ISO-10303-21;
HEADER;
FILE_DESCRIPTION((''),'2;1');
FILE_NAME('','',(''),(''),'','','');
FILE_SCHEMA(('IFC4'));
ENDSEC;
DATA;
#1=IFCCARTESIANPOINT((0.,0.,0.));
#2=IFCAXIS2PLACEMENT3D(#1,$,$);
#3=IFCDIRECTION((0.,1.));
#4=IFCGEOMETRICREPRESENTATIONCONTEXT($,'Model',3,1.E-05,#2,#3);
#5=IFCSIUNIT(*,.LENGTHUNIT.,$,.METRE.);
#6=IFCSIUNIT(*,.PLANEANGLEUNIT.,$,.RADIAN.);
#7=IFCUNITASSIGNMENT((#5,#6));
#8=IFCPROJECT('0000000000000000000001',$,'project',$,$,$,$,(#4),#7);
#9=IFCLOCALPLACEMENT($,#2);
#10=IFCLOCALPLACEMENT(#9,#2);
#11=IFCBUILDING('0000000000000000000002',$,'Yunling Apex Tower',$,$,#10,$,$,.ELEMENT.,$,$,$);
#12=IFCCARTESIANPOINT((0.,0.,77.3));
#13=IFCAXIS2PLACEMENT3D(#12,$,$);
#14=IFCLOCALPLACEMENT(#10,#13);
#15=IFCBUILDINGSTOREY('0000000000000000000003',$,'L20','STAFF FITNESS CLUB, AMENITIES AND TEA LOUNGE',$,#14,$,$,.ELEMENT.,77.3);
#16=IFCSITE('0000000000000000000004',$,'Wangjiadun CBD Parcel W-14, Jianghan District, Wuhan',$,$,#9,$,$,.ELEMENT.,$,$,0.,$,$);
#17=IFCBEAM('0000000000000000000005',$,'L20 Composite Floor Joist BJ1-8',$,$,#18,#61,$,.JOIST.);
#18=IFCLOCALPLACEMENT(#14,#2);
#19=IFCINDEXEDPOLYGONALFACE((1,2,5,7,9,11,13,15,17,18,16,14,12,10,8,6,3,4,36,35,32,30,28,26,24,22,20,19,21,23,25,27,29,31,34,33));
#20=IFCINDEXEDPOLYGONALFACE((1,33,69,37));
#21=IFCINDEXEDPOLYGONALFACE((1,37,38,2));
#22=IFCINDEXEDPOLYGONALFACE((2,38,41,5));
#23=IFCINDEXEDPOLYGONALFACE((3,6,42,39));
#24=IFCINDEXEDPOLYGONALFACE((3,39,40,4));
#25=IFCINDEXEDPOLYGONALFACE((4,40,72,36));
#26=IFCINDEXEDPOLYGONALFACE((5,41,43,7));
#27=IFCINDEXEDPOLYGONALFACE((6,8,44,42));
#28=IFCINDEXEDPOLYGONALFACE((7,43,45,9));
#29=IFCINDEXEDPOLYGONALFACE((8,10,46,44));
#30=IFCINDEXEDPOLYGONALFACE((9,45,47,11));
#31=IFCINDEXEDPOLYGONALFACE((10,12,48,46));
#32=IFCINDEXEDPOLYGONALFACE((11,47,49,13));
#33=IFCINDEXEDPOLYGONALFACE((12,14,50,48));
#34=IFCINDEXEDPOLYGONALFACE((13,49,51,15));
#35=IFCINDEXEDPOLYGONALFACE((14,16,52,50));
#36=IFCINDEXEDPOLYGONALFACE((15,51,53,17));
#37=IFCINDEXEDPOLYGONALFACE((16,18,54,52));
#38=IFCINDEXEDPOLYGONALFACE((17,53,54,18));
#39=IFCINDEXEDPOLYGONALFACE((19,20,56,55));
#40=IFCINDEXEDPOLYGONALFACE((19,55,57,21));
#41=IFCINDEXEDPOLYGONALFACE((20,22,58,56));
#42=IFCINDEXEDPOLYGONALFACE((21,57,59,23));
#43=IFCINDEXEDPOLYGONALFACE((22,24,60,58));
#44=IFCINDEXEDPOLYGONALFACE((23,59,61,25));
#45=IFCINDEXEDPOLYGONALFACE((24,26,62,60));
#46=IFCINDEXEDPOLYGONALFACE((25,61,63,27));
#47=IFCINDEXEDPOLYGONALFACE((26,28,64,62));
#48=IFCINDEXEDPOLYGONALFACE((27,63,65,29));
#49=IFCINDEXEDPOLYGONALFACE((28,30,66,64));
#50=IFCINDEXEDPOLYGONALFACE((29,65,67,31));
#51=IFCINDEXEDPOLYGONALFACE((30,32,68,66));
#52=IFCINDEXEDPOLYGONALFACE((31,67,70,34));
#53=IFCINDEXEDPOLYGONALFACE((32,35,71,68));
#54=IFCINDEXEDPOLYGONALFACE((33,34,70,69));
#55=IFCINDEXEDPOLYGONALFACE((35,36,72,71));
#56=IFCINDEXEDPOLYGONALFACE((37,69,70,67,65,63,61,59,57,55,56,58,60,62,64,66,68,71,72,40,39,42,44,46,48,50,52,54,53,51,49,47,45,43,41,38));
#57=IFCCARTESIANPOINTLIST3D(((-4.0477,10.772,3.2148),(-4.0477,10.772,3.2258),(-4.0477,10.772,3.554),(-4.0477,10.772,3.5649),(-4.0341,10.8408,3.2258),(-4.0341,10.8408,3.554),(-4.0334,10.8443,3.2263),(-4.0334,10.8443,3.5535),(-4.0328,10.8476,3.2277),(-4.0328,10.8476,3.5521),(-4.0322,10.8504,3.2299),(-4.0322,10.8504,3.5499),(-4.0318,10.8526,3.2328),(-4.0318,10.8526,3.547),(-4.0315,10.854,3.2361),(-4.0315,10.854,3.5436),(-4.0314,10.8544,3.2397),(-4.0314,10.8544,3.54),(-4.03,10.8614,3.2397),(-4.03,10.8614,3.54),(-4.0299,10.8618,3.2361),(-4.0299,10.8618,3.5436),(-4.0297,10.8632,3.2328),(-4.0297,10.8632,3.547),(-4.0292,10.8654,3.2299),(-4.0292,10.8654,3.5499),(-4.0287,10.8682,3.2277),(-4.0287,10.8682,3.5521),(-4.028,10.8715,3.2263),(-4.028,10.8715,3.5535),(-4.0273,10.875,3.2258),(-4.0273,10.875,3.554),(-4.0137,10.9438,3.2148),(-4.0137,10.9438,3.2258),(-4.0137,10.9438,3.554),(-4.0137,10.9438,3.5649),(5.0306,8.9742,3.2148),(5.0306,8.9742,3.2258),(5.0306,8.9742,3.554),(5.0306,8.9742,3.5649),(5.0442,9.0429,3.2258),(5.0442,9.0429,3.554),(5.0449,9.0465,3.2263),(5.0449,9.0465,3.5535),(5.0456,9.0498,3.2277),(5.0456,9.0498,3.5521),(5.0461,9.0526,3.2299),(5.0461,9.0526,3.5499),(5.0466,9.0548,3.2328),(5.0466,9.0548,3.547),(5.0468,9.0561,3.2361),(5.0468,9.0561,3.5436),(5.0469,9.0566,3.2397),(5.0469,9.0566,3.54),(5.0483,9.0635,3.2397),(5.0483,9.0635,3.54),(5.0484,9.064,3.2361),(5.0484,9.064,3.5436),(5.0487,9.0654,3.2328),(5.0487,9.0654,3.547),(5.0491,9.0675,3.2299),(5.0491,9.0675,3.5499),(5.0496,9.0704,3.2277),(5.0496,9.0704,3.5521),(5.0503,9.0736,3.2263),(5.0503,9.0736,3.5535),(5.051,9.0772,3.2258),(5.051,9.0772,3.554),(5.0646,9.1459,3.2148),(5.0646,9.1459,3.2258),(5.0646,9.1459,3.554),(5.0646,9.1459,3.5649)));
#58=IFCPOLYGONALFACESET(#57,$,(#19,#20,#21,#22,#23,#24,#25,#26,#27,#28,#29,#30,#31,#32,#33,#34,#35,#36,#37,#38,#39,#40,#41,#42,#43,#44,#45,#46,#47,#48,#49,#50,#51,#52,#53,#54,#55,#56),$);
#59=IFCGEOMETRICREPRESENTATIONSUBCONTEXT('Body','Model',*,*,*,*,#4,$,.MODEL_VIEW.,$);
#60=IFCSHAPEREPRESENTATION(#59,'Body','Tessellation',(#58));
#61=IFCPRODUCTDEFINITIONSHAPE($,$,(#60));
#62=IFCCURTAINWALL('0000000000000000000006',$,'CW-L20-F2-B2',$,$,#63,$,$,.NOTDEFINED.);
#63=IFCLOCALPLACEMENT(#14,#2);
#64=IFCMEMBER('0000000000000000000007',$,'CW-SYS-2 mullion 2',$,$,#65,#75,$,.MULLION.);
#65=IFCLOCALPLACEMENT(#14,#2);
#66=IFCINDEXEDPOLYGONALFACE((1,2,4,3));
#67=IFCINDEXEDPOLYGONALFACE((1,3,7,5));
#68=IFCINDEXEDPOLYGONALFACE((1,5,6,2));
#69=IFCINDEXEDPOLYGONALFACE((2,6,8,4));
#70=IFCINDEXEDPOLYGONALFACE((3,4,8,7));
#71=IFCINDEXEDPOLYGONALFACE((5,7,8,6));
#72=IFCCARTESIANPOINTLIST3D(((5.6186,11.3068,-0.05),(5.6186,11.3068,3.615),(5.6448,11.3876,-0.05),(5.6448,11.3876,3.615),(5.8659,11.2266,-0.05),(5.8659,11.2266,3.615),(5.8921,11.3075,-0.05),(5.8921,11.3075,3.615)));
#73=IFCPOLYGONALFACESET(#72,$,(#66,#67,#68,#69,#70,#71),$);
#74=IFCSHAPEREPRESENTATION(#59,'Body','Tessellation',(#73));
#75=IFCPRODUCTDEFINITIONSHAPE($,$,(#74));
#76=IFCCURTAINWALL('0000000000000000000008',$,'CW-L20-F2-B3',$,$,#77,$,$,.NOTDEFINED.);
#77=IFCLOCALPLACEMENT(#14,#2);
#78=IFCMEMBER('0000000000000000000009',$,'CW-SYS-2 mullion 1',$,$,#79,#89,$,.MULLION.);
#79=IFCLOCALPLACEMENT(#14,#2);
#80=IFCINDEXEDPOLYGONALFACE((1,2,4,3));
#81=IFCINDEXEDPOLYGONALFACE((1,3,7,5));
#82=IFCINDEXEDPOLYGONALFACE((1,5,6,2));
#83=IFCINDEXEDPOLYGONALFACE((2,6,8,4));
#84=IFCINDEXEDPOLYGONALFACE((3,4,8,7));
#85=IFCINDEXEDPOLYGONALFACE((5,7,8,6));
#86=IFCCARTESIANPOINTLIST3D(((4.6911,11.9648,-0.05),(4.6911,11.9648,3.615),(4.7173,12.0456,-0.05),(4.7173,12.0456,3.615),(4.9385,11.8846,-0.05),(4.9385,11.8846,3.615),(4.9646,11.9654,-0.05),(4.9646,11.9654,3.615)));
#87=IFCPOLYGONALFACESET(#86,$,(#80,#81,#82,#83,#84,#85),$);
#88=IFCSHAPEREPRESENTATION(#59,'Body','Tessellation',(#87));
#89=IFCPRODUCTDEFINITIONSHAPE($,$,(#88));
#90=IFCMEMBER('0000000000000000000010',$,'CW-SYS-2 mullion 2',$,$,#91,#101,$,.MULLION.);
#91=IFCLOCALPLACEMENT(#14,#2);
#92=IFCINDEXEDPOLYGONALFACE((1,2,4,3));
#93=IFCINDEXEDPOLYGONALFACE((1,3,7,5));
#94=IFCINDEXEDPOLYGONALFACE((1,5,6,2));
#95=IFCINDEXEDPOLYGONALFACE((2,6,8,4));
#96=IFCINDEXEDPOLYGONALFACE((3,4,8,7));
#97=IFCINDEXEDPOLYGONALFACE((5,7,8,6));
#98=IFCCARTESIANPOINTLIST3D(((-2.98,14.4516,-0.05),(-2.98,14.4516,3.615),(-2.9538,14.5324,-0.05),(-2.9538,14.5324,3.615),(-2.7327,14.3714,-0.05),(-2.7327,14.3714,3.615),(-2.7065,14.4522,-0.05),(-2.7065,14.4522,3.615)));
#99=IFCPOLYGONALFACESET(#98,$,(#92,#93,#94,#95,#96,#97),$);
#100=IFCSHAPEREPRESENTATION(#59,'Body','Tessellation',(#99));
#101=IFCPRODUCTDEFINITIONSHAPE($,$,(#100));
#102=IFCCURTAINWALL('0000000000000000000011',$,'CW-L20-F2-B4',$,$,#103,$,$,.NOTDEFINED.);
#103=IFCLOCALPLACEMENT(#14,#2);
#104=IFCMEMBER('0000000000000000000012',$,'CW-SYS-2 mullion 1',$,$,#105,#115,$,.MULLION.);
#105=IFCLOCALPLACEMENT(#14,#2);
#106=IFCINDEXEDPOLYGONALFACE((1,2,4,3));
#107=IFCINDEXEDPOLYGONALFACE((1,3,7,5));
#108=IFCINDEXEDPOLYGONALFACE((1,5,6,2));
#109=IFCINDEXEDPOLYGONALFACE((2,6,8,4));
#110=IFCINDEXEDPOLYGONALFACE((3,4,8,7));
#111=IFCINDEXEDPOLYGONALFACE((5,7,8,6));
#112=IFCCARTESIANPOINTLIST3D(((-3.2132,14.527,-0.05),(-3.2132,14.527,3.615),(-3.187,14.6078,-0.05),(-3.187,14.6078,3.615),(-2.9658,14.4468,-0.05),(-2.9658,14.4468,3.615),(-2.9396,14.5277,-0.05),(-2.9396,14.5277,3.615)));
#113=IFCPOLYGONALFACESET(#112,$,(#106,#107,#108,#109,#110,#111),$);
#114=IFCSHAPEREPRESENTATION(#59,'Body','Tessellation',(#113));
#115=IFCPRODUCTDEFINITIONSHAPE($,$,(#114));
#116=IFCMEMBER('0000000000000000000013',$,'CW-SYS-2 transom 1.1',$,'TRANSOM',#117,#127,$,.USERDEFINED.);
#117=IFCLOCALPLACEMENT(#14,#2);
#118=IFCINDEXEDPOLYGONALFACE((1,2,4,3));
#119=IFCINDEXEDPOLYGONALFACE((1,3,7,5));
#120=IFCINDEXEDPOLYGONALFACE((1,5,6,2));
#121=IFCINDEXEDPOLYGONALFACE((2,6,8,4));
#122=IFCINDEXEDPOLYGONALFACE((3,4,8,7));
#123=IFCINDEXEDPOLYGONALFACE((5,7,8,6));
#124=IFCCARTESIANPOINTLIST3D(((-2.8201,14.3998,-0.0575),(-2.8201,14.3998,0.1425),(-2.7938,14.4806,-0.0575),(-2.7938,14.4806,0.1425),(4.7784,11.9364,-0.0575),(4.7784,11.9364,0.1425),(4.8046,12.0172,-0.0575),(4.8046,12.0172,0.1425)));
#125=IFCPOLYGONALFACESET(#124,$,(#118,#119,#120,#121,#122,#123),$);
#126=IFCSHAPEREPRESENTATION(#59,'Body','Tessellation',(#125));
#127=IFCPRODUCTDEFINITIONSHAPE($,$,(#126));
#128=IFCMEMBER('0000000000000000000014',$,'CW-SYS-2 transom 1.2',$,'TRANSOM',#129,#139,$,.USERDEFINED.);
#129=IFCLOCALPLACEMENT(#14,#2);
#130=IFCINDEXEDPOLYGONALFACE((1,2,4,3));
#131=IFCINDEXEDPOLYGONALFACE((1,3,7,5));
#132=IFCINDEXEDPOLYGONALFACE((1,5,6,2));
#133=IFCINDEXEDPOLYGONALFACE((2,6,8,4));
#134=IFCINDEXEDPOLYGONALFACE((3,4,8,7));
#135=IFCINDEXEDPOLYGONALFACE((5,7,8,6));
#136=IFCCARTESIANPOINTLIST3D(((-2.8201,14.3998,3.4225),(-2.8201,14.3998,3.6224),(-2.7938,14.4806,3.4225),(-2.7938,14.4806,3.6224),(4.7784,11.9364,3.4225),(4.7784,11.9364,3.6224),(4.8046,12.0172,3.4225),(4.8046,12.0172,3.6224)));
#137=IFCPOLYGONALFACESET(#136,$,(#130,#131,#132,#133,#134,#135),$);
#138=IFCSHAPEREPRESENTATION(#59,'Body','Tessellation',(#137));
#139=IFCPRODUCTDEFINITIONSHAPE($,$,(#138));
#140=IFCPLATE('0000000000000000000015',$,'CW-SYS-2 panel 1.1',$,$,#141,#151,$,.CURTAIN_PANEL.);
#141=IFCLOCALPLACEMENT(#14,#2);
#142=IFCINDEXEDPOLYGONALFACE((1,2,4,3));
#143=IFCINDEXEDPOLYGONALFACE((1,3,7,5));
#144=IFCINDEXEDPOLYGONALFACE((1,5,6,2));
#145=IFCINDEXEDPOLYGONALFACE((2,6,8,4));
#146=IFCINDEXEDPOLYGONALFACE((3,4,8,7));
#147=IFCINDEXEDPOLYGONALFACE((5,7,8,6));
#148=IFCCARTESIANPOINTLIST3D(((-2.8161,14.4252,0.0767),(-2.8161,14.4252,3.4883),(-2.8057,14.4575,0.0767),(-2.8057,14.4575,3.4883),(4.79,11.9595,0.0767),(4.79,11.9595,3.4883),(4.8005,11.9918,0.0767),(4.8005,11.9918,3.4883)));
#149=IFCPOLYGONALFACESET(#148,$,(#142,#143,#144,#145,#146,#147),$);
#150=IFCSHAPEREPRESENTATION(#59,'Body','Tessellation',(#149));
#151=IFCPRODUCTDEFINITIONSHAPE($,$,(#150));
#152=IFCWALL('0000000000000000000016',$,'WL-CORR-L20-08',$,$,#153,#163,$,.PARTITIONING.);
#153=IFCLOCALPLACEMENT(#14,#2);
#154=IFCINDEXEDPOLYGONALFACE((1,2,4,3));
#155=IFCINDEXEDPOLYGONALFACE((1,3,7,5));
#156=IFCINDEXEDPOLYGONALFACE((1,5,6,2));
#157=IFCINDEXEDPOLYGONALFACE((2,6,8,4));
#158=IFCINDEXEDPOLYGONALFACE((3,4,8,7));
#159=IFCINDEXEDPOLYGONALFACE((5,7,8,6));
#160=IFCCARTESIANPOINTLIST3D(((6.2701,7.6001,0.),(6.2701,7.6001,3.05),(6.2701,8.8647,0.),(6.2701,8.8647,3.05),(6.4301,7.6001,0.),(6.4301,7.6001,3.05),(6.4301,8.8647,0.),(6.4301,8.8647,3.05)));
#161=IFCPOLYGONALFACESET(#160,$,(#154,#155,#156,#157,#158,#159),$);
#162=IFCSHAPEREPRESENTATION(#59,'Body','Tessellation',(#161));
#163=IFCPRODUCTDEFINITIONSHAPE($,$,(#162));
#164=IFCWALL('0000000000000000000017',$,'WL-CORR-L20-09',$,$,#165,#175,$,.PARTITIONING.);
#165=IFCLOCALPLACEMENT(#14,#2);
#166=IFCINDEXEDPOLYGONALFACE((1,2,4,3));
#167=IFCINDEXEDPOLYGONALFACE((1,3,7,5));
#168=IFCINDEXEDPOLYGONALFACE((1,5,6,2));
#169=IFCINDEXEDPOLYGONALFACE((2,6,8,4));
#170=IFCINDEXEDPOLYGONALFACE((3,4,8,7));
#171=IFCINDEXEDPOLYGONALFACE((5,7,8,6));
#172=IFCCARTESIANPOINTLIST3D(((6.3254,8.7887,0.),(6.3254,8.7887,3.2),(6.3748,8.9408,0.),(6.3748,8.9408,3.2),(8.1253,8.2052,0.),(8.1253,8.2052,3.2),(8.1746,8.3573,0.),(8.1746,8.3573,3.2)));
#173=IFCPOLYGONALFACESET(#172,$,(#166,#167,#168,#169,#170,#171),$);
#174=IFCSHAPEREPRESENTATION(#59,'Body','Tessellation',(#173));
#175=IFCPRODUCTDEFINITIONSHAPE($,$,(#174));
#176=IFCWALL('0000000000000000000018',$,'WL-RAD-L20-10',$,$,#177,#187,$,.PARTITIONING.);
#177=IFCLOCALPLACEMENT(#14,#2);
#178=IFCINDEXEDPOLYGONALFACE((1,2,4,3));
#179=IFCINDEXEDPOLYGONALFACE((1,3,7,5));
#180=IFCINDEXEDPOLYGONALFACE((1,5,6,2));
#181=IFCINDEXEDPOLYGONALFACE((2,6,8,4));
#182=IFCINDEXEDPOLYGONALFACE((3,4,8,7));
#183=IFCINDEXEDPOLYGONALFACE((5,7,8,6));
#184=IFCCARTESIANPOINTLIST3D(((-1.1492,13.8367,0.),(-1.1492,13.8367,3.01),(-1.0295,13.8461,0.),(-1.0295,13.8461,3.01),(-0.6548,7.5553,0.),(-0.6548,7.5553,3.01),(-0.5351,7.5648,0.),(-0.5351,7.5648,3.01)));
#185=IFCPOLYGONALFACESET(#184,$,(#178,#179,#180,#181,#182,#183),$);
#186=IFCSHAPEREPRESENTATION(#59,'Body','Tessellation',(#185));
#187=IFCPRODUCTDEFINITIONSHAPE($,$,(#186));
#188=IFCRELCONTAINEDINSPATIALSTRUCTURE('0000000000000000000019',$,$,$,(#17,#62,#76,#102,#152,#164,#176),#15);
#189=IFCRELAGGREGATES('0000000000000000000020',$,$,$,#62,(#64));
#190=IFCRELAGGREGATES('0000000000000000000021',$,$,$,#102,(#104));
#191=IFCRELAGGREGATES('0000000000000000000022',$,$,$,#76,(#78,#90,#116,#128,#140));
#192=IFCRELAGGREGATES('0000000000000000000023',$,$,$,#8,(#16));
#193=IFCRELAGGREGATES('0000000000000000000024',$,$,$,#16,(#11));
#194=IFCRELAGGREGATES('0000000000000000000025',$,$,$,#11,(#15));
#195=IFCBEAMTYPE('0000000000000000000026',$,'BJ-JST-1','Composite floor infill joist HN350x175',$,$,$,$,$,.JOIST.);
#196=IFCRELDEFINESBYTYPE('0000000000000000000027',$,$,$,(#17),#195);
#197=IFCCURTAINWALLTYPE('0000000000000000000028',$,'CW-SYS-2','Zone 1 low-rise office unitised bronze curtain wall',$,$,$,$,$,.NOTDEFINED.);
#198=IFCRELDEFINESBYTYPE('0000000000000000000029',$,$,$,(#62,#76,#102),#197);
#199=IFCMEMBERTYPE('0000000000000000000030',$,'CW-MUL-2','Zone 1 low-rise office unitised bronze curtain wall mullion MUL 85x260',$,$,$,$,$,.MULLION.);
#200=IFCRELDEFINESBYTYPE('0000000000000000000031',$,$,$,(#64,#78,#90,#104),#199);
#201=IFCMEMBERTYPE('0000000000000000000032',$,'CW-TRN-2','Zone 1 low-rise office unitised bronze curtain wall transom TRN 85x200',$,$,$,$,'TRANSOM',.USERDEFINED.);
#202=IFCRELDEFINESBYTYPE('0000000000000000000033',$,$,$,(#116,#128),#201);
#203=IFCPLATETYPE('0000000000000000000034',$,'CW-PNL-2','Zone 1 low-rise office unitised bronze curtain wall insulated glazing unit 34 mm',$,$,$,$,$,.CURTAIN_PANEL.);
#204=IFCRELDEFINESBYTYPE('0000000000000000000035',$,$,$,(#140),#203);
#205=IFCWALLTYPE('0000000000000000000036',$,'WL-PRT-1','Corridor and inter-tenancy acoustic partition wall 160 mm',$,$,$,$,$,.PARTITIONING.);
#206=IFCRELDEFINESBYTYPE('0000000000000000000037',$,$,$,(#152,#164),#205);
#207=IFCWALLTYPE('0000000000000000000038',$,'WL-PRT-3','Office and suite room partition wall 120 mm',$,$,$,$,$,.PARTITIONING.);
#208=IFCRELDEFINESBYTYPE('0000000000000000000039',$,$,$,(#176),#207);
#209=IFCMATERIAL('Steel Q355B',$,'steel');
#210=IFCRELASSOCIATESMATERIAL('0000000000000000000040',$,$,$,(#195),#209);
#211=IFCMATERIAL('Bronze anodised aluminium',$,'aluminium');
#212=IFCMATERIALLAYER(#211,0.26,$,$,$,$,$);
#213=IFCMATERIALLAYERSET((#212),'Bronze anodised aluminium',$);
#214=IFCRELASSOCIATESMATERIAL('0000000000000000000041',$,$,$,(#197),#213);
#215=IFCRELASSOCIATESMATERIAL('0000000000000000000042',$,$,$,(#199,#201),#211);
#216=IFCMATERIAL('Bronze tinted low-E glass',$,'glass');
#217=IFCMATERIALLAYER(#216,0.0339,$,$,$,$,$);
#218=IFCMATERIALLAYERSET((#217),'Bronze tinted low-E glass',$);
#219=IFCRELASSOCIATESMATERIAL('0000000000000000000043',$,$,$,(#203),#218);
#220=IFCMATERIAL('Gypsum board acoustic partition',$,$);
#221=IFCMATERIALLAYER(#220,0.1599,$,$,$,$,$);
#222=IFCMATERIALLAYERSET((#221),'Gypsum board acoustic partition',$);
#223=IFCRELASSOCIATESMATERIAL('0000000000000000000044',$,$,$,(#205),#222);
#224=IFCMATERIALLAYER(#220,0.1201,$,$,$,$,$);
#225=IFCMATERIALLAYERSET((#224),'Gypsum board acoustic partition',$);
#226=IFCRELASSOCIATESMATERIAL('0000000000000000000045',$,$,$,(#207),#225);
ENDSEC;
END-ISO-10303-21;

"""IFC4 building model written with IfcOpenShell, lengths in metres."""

from ifc_helpers import new_model, si_unit, direction, frame, frame_2d, origin, origin_2d, place, context, subcontext, project, spatial, rectangle, i_section, extrude, source, transform, mapped, material, layer, layer_set, material_profile, profile_set, type_object, element, aggregate, save


model = new_model("IFC4")

# Units and contexts
model_context = context("Model", 3, precision=1e-05, world=origin(), true_north=direction((0.0, 1.0)))
body_context = subcontext(model_context, "Body", "Model", "MODEL_VIEW")
ifc_project = project(units=[si_unit("LENGTHUNIT", "METRE"), si_unit("PLANEANGLEUNIT", "RADIAN")], contexts=[model_context])

# Site, building, storey
site_placement = place(None, origin())
site = spatial("IfcSite", under=ifc_project, at=site_placement, Name="Wangjiadun CBD Parcel W-14, Jianghan District, Wuhan", CompositionType="ELEMENT", RefElevation=0.0)
building_placement = place(site_placement, origin())
building = spatial("IfcBuilding", under=site, at=building_placement, Name="Yunling Apex Tower", CompositionType="ELEMENT")
storey_placement = place(building_placement, frame((0.0, 0.0, 77.3)))
storey = spatial("IfcBuildingStorey", under=building, at=storey_placement, Name="L20", Description="STAFF FITNESS CLUB, AMENITIES AND TEA LOUNGE", CompositionType="ELEMENT", Elevation=77.3)

# Beam
ifc_material_1 = material(Name="Steel Q355B", Category="steel")
ifc_material_profile_1 = material_profile(ifc_material_1, i_section(OverallWidth=0.175, OverallDepth=0.3501, WebThickness=0.0071, FlangeThickness=0.011, FilletRadius=0.0139, at=origin_2d()))
ifc_profile_set_1 = profile_set([ifc_material_profile_1], Name="Steel Q355B")
beam_type_1 = type_object("IfcBeamType", Name="BJ-JST-1", Description="Composite floor infill joist HN350x175", PredefinedType="JOIST", material=ifc_profile_set_1)
shared_shape_1 = source(origin(), body_context, "Body", "SweptSolid", [
    extrude(i_section(OverallWidth=0.175, OverallDepth=0.3501, WebThickness=0.0071, FlangeThickness=0.011, FilletRadius=0.0139, at=origin_2d()), origin(), (0.0, 0.0, 1.0), 9.2546),
])
beam_1_placement = place(storey_placement, frame((5.0476, 9.0601, 3.3899), z_axis=(-0.980949, 0.194264, 0.0), x_axis=(-0.194264, -0.980949, 0.0)))
element("IfcBeam", 1, at=beam_1_placement, inside=storey, type_object=beam_type_1, Name="L20 Composite Floor Joist BJ1-8", PredefinedType="JOIST", context=body_context, shape_type="MappedRepresentation", body=[
    mapped(shared_shape_1, transform((0.0, 0.0, 0.0), scale=1.0)),
])

# Curtain wall, member
ifc_material_2 = material(Name="Bronze anodised aluminium", Category="aluminium")
ifc_layer_1 = layer(ifc_material_2, 0.26)
ifc_layer_set_1 = layer_set([ifc_layer_1], Name="Bronze anodised aluminium")
curtain_wall_type = type_object("IfcCurtainWallType", Name="CW-SYS-2", Description="Zone 1 low-rise office unitised bronze curtain wall", PredefinedType="NOTDEFINED", material=ifc_layer_set_1)
curtain_wall_1_placement = place(storey_placement, origin())
curtain_wall_1 = element("IfcCurtainWall", 2, at=curtain_wall_1_placement, inside=storey, type_object=curtain_wall_type, Name="CW-L20-F2-B2", PredefinedType="NOTDEFINED")
ifc_material_profile_2 = material_profile(ifc_material_2, rectangle(XDim=0.085, YDim=0.26, at=origin_2d()))
ifc_profile_set_2 = profile_set([ifc_material_profile_2], Name="Bronze anodised aluminium")
member_type_1 = type_object("IfcMemberType", Name="CW-MUL-2", Description="Zone 1 low-rise office unitised bronze curtain wall mullion MUL 85x260", PredefinedType="MULLION", material=ifc_profile_set_2)
shared_shape_2 = source(origin(), body_context, "Body", "SweptSolid", [
    extrude(rectangle(XDim=0.085, YDim=0.26, at=origin_2d()), origin(), (0.0, 0.0, 1.0), 3.665),
])
member_1_placement = place(storey_placement, frame((5.7554, 11.3071, -0.05), z_axis=(0.0, 0.0, 1.0), x_axis=(-0.308352, -0.951272, 0.0)))
member_1 = element("IfcMember", 3, at=member_1_placement, type_object=member_type_1, Name="CW-SYS-2 mullion 2", PredefinedType="MULLION", context=body_context, shape_type="MappedRepresentation", body=[
    mapped(shared_shape_2, transform((0.0, 0.0, 0.0), scale=1.0)),
])
aggregate(curtain_wall_1, [member_1])

# Curtain wall, members
curtain_wall_2_placement = place(storey_placement, origin())
curtain_wall_2 = element("IfcCurtainWall", 4, at=curtain_wall_2_placement, inside=storey, type_object=curtain_wall_type, Name="CW-L20-F2-B3", PredefinedType="NOTDEFINED")
member_2_placement = place(storey_placement, frame((4.8279, 11.9651, -0.05), z_axis=(0.0, 0.0, 1.0), x_axis=(-0.308368, -0.951267, 0.0)))
member_2 = element("IfcMember", 5, at=member_2_placement, type_object=member_type_1, Name="CW-SYS-2 mullion 1", PredefinedType="MULLION", context=body_context, shape_type="MappedRepresentation", body=[
    mapped(shared_shape_2, transform((0.0, 0.0, 0.0), scale=1.0)),
])
member_3_placement = place(storey_placement, frame((-2.8433, 14.4519, -0.05), z_axis=(0.0, 0.0, 1.0), x_axis=(-0.308368, -0.951267, 0.0)))
member_3 = element("IfcMember", 6, at=member_3_placement, type_object=member_type_1, Name="CW-SYS-2 mullion 2", PredefinedType="MULLION", context=body_context, shape_type="MappedRepresentation", body=[
    mapped(shared_shape_2, transform((0.0, 0.0, 0.0), scale=1.0)),
])

# Curtain wall, member
curtain_wall_3_placement = place(storey_placement, origin())
curtain_wall_3 = element("IfcCurtainWall", 7, at=curtain_wall_3_placement, inside=storey, type_object=curtain_wall_type, Name="CW-L20-F2-B4", PredefinedType="NOTDEFINED")
member_4_placement = place(storey_placement, frame((-3.0764, 14.5273, -0.05), z_axis=(0.0, 0.0, 1.0), x_axis=(-0.308357, -0.951271, 0.0)))
member_4 = element("IfcMember", 8, at=member_4_placement, type_object=member_type_1, Name="CW-SYS-2 mullion 1", PredefinedType="MULLION", context=body_context, shape_type="MappedRepresentation", body=[
    mapped(shared_shape_2, transform((0.0, 0.0, 0.0), scale=1.0)),
])
aggregate(curtain_wall_3, [member_4])

# Members
ifc_material_profile_3 = material_profile(ifc_material_2, rectangle(XDim=0.085, YDim=0.2, at=origin_2d()))
ifc_profile_set_3 = profile_set([ifc_material_profile_3], Name="Bronze anodised aluminium")
member_type_2 = type_object("IfcMemberType", Name="CW-TRN-2", Description="Zone 1 low-rise office unitised bronze curtain wall transom TRN 85x200", ElementType="TRANSOM", PredefinedType="USERDEFINED", material=ifc_profile_set_3)
shared_shape_3 = source(origin(), body_context, "Body", "SweptSolid", [
    extrude(rectangle(XDim=0.085, YDim=0.2, at=origin_2d()), origin(), (0.0, 0.0, 1.0), 7.9878),
])
member_5_placement = place(storey_placement, frame((4.7915, 11.9768, 0.0425), z_axis=(-0.951258, 0.308396, 0.0), x_axis=(-0.308396, -0.951258, 0.0)))
member_5 = element("IfcMember", 9, at=member_5_placement, type_object=member_type_2, Name="CW-SYS-2 transom 1.1", ObjectType="TRANSOM", PredefinedType="USERDEFINED", context=body_context, shape_type="MappedRepresentation", body=[
    mapped(shared_shape_3, transform((0.0, 0.0, 0.0), scale=1.0)),
])
member_6_placement = place(storey_placement, frame((4.7915, 11.9768, 3.5225), z_axis=(-0.951258, 0.308396, 0.0), x_axis=(-0.308396, -0.951258, 0.0)))
member_6 = element("IfcMember", 10, at=member_6_placement, type_object=member_type_2, Name="CW-SYS-2 transom 1.2", ObjectType="TRANSOM", PredefinedType="USERDEFINED", context=body_context, shape_type="MappedRepresentation", body=[
    mapped(shared_shape_3, transform((0.0, 0.0, 0.0), scale=1.0)),
])

# Plate
ifc_material_3 = material(Name="Bronze tinted low-E glass", Category="glass")
ifc_layer_2 = layer(ifc_material_3, 0.0339)
ifc_layer_set_2 = layer_set([ifc_layer_2], Name="Bronze tinted low-E glass")
plate_type = type_object("IfcPlateType", Name="CW-PNL-2", Description="Zone 1 low-rise office unitised bronze curtain wall insulated glazing unit 34 mm", PredefinedType="CURTAIN_PANEL", material=ifc_layer_set_2)
shared_shape_4 = source(origin(), body_context, "Body", "SweptSolid", [
    extrude(rectangle(XDim=7.9958, YDim=0.0339, at=origin_2d()), origin(), (0.0, 0.0, 1.0), 3.4116),
])
plate_placement = place(storey_placement, frame((0.9922, 13.2085, 0.0767), z_axis=(0.0, 0.0, 1.0), x_axis=(-0.951267, 0.308368, 0.0)))
plate = element("IfcPlate", 11, at=plate_placement, type_object=plate_type, Name="CW-SYS-2 panel 1.1", PredefinedType="CURTAIN_PANEL", context=body_context, shape_type="MappedRepresentation", body=[
    mapped(shared_shape_4, transform((0.0, 0.0, 0.0), scale=1.0)),
])
aggregate(curtain_wall_2, [member_2, member_3, member_5, member_6, plate])

# Walls
ifc_material_4 = material(Name="Gypsum board acoustic partition")
ifc_layer_3 = layer(ifc_material_4, 0.1599)
ifc_layer_set_3 = layer_set([ifc_layer_3], Name="Gypsum board acoustic partition")
wall_type_1 = type_object("IfcWallType", Name="WL-PRT-1", Description="Corridor and inter-tenancy acoustic partition wall 160 mm", PredefinedType="PARTITIONING", material=ifc_layer_set_3)
wall_1_placement = place(storey_placement, frame((6.3501, 7.6001, 0.0), z_axis=(0.0, 0.0, 1.0), x_axis=(0.0, 1.0, 0.0)))
element("IfcWall", 12, at=wall_1_placement, inside=storey, type_object=wall_type_1, Name="WL-CORR-L20-08", PredefinedType="PARTITIONING", context=body_context, shape_type="SweptSolid", body=[
    extrude(rectangle(XDim=1.2646, YDim=0.1599, at=frame_2d((0.6323, 0.0))), origin(), (0.0, 0.0, 1.0), 3.05),
])
wall_2_placement = place(storey_placement, frame((6.3501, 8.8647, 0.0), z_axis=(0.0, 0.0, 1.0), x_axis=(0.951258, -0.308397, 0.0)))
element("IfcWall", 13, at=wall_2_placement, inside=storey, type_object=wall_type_1, Name="WL-CORR-L20-09", PredefinedType="PARTITIONING", context=body_context, shape_type="SweptSolid", body=[
    extrude(rectangle(XDim=1.8921, YDim=0.1599, at=frame_2d((0.946, 0.0))), origin(), (0.0, 0.0, 1.0), 3.2),
])
ifc_layer_4 = layer(ifc_material_4, 0.1201)
ifc_layer_set_4 = layer_set([ifc_layer_4], Name="Gypsum board acoustic partition")
wall_type_2 = type_object("IfcWallType", Name="WL-PRT-3", Description="Office and suite room partition wall 120 mm", PredefinedType="PARTITIONING", material=ifc_layer_set_4)
wall_3_placement = place(storey_placement, frame((-0.595, 7.5601, 0.0), z_axis=(0.0, 0.0, 1.0), x_axis=(-0.078465, 0.996917, 0.0)))
element("IfcWall", 14, at=wall_3_placement, inside=storey, type_object=wall_type_2, Name="WL-RAD-L20-10", PredefinedType="PARTITIONING", context=body_context, shape_type="SweptSolid", body=[
    extrude(rectangle(XDim=6.3008, YDim=0.1201, at=frame_2d((3.1504, 0.0))), origin(), (0.0, 0.0, 1.0), 3.01),
])

save(model, "model.ifc")
